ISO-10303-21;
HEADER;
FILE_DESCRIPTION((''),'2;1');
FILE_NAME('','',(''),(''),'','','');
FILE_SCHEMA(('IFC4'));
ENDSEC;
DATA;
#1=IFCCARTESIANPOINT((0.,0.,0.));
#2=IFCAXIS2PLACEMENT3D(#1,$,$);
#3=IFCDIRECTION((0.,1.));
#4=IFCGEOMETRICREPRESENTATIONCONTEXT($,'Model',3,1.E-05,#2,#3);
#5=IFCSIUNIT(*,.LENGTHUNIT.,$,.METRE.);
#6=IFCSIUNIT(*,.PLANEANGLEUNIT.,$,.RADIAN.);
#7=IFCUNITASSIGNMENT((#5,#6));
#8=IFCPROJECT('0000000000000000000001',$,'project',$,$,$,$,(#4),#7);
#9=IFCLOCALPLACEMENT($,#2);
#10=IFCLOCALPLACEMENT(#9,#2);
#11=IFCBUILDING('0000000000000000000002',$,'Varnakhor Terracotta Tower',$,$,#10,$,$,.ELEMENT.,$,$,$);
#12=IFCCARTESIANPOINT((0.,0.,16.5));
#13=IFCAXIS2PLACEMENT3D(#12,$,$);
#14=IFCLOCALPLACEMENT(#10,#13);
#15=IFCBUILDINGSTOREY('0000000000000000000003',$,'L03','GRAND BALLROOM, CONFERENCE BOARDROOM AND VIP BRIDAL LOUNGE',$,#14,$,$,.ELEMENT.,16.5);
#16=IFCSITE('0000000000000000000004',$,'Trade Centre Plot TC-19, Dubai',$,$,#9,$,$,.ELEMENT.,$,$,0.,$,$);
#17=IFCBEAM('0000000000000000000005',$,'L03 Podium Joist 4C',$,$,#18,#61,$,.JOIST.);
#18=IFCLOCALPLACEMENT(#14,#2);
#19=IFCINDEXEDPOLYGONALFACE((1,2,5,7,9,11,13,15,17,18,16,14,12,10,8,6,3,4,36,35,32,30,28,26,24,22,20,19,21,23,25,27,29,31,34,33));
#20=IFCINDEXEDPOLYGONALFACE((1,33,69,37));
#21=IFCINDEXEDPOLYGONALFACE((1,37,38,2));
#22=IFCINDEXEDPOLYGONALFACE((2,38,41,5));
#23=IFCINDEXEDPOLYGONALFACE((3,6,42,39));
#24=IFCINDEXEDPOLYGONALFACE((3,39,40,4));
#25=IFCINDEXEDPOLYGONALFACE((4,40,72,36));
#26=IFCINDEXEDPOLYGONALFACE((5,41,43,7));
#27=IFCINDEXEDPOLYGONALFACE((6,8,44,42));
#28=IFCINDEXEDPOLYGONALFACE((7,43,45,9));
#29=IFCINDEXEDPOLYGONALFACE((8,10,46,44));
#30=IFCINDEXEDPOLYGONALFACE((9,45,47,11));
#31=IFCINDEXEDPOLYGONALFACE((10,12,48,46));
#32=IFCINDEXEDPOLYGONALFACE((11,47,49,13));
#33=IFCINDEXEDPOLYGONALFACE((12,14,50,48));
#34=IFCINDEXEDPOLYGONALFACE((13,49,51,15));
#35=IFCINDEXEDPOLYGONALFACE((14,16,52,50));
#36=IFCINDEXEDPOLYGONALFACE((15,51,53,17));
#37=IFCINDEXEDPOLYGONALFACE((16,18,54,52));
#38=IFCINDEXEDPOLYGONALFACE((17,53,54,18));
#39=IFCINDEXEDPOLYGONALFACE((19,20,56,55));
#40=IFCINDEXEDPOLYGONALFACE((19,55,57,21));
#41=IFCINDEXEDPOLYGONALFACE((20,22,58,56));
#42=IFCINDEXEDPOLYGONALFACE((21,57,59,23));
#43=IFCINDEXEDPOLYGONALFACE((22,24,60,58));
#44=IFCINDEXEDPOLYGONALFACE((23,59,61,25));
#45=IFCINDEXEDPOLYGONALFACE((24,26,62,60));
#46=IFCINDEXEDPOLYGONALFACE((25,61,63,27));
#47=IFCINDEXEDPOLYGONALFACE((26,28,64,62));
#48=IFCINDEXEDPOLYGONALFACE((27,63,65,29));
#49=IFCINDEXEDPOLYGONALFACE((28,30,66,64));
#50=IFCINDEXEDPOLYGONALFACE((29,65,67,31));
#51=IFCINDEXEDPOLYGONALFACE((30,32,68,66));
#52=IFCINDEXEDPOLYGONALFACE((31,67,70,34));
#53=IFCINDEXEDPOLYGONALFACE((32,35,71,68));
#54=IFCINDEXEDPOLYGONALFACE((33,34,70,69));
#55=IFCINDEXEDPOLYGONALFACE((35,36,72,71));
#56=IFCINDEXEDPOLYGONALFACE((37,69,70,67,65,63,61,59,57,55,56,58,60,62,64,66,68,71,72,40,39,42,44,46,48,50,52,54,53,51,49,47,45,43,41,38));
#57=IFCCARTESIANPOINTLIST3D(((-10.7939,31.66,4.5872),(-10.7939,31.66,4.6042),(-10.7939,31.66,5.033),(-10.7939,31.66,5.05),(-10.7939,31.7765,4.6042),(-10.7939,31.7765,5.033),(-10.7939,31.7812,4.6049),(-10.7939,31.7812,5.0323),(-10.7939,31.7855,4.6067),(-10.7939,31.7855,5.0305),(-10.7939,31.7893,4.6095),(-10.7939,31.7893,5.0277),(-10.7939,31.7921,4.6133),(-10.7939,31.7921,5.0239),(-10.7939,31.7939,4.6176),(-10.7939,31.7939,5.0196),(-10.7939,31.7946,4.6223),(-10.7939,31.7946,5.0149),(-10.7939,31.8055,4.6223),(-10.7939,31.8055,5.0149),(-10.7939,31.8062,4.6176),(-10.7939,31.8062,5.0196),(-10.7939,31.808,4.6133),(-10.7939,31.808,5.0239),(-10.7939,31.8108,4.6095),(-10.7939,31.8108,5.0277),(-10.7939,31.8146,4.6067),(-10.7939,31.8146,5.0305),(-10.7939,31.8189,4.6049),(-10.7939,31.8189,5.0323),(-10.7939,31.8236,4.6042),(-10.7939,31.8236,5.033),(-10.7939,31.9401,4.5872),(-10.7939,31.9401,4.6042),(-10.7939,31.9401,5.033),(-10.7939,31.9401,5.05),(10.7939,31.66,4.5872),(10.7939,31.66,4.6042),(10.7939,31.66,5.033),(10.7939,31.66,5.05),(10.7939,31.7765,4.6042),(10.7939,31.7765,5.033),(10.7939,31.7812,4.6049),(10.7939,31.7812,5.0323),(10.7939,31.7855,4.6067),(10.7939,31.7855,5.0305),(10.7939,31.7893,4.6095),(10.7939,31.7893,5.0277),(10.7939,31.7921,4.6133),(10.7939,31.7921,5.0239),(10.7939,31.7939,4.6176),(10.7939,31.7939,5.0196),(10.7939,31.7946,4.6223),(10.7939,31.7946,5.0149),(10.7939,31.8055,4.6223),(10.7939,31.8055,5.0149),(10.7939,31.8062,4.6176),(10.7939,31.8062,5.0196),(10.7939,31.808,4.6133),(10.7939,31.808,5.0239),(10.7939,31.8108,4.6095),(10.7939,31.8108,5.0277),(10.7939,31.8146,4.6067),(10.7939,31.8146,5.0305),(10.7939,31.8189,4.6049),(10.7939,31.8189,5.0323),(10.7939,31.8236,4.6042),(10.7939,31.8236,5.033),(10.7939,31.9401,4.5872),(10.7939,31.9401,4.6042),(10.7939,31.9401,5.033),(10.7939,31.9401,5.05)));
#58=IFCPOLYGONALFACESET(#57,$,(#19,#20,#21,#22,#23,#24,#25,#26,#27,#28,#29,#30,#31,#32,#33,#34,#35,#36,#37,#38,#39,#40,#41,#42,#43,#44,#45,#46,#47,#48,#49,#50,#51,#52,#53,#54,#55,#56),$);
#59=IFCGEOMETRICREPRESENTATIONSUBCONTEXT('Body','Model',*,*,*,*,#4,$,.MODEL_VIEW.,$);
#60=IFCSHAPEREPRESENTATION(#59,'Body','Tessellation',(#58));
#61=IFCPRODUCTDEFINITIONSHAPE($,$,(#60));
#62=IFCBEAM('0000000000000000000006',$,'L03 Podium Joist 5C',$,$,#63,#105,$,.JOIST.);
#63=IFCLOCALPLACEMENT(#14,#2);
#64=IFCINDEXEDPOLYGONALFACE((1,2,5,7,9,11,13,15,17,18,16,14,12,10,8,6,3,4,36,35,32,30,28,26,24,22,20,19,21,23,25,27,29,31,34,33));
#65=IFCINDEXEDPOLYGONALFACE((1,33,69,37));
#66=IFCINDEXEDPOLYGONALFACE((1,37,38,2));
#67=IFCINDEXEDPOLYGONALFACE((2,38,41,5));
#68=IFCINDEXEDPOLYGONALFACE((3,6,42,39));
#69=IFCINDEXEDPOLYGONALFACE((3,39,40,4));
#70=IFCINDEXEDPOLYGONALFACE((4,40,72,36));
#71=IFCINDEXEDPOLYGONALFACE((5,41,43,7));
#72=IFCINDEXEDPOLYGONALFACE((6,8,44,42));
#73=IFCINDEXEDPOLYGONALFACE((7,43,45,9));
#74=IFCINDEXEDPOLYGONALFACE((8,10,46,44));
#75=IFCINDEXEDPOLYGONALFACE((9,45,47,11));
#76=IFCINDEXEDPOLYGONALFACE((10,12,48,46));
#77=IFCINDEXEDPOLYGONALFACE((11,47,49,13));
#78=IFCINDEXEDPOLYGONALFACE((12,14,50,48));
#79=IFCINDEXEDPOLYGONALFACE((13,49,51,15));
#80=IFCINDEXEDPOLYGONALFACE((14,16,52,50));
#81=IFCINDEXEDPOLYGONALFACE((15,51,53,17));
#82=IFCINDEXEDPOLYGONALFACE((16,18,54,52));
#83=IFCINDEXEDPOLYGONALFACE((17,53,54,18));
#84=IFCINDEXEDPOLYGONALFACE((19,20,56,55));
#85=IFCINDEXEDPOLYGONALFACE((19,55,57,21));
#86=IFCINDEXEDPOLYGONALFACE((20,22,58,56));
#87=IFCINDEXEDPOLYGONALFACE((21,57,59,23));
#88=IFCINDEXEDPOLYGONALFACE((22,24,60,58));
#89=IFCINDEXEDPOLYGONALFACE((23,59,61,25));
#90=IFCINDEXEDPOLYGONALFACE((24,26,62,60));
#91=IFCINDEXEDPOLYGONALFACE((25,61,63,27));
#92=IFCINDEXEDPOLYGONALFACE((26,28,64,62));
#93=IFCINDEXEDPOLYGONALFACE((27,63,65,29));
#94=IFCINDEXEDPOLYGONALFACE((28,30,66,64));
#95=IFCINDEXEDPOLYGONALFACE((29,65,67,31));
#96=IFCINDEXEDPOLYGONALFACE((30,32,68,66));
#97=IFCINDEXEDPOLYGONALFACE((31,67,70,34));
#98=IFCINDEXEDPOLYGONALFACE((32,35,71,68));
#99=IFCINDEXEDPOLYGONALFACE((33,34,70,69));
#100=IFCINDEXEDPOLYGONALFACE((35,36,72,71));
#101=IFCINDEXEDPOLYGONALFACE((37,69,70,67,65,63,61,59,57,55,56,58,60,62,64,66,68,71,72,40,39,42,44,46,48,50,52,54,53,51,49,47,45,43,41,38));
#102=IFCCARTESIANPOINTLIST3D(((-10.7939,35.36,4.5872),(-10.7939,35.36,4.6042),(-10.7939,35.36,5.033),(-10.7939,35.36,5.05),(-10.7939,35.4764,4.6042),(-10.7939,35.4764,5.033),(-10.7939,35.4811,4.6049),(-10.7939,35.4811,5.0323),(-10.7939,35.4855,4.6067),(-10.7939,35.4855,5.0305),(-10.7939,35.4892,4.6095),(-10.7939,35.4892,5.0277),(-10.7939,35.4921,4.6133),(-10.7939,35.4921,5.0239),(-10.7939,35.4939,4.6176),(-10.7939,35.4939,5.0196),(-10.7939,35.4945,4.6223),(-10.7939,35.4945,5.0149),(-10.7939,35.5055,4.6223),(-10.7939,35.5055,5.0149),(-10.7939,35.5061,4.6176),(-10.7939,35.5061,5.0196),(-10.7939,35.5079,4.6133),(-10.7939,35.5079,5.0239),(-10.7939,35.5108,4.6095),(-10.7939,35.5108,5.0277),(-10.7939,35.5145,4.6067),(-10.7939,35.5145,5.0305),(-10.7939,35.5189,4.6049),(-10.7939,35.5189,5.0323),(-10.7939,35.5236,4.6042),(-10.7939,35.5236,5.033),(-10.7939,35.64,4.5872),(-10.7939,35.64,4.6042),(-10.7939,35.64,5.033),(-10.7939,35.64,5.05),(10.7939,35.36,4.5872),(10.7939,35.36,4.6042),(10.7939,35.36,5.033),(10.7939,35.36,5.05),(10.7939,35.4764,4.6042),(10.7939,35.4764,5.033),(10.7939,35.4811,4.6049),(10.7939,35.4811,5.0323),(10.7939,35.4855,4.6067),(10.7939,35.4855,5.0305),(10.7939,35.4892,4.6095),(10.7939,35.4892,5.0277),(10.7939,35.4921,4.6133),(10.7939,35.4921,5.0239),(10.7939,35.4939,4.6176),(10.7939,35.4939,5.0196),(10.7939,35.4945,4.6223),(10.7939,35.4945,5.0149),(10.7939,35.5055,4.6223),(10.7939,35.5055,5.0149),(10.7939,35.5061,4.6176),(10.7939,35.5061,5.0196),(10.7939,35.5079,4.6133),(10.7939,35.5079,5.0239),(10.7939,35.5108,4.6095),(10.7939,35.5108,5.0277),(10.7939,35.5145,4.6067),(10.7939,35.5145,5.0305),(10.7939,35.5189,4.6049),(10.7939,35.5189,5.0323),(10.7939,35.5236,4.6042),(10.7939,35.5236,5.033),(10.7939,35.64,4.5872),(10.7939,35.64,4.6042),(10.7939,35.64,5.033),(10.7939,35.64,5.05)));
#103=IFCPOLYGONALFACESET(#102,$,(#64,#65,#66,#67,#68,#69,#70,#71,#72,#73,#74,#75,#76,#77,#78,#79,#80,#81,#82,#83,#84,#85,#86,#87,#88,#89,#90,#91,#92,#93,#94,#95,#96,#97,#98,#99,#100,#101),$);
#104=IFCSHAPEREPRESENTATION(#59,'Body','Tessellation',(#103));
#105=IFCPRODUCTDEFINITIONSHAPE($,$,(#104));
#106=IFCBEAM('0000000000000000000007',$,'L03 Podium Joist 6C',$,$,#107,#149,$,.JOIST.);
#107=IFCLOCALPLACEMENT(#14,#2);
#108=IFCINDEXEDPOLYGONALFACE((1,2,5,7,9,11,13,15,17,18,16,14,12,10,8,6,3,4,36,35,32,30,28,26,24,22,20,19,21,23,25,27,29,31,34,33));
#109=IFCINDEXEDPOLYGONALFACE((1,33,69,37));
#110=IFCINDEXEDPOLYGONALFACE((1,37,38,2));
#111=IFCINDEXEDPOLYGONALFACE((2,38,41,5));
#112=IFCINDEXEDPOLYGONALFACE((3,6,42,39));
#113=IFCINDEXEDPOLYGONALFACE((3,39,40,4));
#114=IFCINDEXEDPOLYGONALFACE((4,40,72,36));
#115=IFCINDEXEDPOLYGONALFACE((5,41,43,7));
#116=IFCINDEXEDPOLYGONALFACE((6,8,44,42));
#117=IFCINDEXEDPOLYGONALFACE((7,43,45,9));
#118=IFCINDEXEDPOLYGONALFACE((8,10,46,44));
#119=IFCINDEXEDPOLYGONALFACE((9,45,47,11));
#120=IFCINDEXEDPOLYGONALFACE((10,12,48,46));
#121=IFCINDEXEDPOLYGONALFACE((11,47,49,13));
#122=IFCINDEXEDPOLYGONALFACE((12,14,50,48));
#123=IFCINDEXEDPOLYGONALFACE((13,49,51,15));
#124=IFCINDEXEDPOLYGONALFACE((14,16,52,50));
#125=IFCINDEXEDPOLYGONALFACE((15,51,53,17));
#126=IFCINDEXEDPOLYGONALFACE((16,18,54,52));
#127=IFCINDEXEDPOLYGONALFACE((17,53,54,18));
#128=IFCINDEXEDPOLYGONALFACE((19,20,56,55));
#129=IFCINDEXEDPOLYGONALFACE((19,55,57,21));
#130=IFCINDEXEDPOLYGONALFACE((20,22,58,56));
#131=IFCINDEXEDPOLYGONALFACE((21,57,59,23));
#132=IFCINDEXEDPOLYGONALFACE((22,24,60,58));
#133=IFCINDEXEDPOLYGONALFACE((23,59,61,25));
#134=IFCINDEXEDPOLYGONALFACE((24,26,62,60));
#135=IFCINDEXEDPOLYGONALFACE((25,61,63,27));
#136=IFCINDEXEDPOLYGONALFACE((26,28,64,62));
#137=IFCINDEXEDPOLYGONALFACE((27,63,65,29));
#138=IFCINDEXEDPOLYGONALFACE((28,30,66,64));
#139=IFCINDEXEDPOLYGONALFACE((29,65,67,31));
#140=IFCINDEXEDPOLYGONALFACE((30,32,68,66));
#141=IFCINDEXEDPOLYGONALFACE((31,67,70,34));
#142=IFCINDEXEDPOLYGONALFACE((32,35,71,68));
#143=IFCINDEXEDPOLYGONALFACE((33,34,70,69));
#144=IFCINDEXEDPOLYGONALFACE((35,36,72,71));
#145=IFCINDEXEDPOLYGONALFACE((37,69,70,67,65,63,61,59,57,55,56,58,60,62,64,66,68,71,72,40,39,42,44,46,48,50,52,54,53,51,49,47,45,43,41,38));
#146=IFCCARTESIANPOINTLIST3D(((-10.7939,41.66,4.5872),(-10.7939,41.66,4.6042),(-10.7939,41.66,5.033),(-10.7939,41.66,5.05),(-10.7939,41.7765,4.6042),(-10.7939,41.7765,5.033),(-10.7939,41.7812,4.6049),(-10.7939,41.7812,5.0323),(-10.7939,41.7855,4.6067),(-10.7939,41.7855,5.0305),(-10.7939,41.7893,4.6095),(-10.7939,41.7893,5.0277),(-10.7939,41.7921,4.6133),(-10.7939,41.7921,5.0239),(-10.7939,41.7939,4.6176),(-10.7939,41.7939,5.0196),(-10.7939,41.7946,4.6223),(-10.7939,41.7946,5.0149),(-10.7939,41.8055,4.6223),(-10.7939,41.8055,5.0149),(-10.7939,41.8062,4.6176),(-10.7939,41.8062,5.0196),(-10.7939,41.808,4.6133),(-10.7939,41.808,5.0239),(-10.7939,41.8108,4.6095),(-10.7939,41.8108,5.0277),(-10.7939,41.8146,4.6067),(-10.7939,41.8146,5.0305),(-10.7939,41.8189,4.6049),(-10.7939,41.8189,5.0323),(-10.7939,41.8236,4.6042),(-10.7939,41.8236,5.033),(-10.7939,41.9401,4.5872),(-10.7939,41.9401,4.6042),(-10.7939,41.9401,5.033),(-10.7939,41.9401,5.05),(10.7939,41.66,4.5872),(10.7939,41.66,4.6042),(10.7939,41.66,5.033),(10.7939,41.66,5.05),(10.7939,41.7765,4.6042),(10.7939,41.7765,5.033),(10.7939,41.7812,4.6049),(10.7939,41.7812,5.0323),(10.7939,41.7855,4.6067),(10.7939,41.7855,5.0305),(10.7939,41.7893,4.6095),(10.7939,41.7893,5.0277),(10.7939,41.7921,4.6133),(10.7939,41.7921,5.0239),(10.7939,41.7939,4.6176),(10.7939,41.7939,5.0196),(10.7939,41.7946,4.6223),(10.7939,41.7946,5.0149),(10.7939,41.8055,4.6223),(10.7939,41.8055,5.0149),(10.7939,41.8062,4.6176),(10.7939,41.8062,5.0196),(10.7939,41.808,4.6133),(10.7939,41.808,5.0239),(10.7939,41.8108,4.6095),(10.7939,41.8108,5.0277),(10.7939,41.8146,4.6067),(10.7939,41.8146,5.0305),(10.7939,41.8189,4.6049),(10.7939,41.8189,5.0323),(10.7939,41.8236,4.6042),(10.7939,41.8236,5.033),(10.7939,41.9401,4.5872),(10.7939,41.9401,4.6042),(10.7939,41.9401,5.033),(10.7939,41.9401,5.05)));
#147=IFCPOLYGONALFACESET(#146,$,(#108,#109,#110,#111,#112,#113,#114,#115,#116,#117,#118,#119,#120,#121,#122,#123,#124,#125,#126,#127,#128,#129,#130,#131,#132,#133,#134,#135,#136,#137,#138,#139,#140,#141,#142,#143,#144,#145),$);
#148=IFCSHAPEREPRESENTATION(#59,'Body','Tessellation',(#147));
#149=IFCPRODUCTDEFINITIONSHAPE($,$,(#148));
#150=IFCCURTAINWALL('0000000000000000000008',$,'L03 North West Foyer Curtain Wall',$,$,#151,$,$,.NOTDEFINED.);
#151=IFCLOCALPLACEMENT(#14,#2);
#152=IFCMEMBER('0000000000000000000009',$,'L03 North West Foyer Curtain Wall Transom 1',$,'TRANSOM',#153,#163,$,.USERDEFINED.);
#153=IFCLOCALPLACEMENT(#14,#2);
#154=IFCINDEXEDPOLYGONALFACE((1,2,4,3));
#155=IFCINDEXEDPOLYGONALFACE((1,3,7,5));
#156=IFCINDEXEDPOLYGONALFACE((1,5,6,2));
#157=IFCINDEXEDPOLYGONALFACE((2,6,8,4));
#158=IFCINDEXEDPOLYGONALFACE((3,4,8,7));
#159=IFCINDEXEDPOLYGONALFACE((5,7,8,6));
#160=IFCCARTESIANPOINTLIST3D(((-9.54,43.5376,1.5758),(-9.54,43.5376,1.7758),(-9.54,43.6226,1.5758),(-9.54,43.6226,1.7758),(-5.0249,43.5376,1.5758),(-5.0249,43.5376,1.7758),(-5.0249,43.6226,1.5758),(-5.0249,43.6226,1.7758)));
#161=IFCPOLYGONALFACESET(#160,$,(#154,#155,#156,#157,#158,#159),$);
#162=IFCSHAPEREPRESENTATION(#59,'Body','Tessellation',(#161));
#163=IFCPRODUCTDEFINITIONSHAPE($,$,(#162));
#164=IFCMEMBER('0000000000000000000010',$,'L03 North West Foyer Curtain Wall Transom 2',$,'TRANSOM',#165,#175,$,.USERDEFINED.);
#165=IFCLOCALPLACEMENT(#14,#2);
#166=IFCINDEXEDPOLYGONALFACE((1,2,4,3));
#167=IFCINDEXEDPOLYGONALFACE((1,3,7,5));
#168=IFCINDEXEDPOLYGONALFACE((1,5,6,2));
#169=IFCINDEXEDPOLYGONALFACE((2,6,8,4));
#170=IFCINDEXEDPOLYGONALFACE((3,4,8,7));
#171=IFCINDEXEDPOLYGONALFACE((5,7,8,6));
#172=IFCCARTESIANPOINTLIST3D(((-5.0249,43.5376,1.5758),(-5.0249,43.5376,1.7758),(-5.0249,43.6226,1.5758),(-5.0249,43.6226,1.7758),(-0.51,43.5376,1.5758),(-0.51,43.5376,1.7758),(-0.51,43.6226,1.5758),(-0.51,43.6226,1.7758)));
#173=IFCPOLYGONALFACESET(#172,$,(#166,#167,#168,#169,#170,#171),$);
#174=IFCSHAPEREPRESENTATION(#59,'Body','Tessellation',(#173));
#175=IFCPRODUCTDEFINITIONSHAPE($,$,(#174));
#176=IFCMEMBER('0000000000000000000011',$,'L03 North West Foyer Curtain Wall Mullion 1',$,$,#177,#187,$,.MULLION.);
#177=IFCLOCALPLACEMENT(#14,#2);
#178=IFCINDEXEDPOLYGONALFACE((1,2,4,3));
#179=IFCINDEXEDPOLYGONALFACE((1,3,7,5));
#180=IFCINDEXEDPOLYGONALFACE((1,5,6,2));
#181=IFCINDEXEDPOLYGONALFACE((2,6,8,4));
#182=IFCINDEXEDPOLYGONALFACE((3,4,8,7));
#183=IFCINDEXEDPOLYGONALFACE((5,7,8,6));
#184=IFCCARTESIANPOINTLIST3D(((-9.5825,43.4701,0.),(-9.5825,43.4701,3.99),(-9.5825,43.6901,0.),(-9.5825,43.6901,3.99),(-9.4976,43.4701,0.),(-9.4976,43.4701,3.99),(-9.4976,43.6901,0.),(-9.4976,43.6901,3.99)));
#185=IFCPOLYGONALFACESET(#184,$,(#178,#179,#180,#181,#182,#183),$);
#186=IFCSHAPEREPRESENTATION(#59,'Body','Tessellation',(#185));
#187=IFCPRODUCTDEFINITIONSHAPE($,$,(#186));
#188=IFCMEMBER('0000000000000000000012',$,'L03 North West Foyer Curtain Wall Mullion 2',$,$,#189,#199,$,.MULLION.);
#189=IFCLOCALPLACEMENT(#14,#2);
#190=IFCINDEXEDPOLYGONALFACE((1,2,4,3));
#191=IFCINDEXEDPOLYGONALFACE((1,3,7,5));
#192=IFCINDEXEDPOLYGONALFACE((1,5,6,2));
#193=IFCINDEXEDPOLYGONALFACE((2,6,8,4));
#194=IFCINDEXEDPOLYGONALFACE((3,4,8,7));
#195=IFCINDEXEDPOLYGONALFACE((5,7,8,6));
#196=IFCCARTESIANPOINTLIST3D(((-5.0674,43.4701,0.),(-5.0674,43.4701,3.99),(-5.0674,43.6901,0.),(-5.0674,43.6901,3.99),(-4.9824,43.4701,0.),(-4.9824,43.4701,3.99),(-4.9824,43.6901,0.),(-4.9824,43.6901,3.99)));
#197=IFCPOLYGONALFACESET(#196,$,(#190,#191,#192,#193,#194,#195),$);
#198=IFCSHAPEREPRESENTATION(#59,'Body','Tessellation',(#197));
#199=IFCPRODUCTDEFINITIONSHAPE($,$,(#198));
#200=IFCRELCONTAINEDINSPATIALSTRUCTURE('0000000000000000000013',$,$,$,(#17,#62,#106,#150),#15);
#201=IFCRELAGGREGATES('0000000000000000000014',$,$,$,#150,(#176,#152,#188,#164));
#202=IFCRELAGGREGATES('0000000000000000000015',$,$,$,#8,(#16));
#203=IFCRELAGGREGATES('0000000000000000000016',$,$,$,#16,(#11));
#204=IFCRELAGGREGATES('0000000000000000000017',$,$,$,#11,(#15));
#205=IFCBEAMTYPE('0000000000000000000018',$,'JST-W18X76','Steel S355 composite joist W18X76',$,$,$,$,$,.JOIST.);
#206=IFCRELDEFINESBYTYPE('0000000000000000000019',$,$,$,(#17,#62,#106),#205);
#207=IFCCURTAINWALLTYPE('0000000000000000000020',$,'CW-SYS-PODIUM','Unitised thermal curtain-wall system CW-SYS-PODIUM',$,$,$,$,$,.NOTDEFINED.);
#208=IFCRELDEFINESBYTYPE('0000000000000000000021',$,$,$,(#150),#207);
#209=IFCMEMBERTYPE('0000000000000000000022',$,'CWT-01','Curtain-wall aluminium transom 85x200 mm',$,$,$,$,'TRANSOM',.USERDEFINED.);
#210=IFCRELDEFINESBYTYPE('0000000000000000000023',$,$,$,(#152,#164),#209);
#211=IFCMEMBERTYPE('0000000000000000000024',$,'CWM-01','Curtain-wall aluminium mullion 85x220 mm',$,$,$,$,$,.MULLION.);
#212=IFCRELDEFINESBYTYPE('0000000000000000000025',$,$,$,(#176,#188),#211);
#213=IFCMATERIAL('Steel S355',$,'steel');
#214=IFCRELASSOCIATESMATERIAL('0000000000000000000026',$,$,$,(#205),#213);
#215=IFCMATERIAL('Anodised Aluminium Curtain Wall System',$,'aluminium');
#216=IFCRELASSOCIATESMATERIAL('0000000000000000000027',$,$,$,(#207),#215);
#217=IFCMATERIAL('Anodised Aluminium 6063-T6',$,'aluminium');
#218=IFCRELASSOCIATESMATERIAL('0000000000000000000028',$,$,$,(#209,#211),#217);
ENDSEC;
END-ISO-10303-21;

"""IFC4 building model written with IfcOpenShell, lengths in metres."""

from ifc_helpers import new_model, si_unit, direction, frame, origin, origin_2d, place, context, subcontext, project, spatial, rectangle, i_section, extrude, source, transform, mapped, material, material_profile, profile_set, type_object, type_shapes, element, aggregate, save


model = new_model("IFC4")

# Units and contexts
model_context = context("Model", 3, precision=1e-05, world=origin(), true_north=direction((0.0, 1.0)))
body_context = subcontext(model_context, "Body", "Model", "MODEL_VIEW")
ifc_project = project(units=[si_unit("LENGTHUNIT", "METRE"), si_unit("PLANEANGLEUNIT", "RADIAN")], contexts=[model_context])

# Site, building, storey
site_placement = place(None, origin())
site = spatial("IfcSite", under=ifc_project, at=site_placement, Name="Trade Centre Plot TC-19, Dubai", CompositionType="ELEMENT", RefElevation=0.0)
building_placement = place(site_placement, origin())
building = spatial("IfcBuilding", under=site, at=building_placement, Name="Varnakhor Terracotta Tower", CompositionType="ELEMENT")
storey_placement = place(building_placement, frame((0.0, 0.0, 16.5)))
storey = spatial("IfcBuildingStorey", under=building, at=storey_placement, Name="L03", Description="GRAND BALLROOM, CONFERENCE BOARDROOM AND VIP BRIDAL LOUNGE", CompositionType="ELEMENT", Elevation=16.5)

# Beams
ifc_material_1 = material(Name="Steel S355", Category="steel")
ifc_material_profile_1 = material_profile(ifc_material_1, i_section(OverallWidth=0.28, OverallDepth=0.4629, WebThickness=0.011, FlangeThickness=0.0171, FilletRadius=0.0181, at=origin_2d()), Name="W18X76")
ifc_profile_set_1 = profile_set([ifc_material_profile_1], Name="Steel S355")
beam_type_1 = type_object("IfcBeamType", Name="JST-W18X76", Description="Steel S355 composite joist W18X76", PredefinedType="JOIST", material=ifc_profile_set_1)
shared_shape_1 = source(origin(), body_context, "Body", "SweptSolid", [
    extrude(i_section(OverallWidth=0.28, OverallDepth=0.4629, WebThickness=0.011, FlangeThickness=0.0171, FilletRadius=0.0181, at=origin_2d()), origin(), (0.0, 0.0, 1.0), 21.5879),
])
for number, where, z_axis, x_axis, name in (
    (1, (-10.7939, 31.8, 4.8186), (1.0, 0.0, 0.0), (0.0, 1.0, 0.0), "L03 Podium Joist 4C"),
    (2, (-10.7939, 35.5, 4.8186), (1.0, 0.0, 0.0), (0.0, 1.0, 0.0), "L03 Podium Joist 5C"),
    (3, (-10.7939, 41.8, 4.8186), (1.0, 0.0, 0.0), (0.0, 1.0, 0.0), "L03 Podium Joist 6C"),
):
    element("IfcBeam", number, at=place(storey_placement, frame(where, z_axis=z_axis, x_axis=x_axis)), inside=storey, type_object=beam_type_1, Name=name, PredefinedType="JOIST", context=body_context, shape_type="MappedRepresentation", body=[
        mapped(shared_shape_1, transform((0.0, 0.0, 0.0), scale=1.0)),
    ])

# Curtain wall, members
ifc_material_2 = material(Name="Anodised Aluminium Curtain Wall System", Category="aluminium")
curtain_wall_type = type_object("IfcCurtainWallType", Name="CW-SYS-PODIUM", Description="Unitised thermal curtain-wall system CW-SYS-PODIUM", PredefinedType="NOTDEFINED", material=ifc_material_2)
curtain_wall_placement = place(storey_placement, origin())
curtain_wall = element("IfcCurtainWall", 4, at=curtain_wall_placement, inside=storey, type_object=curtain_wall_type, Name="L03 North West Foyer Curtain Wall", PredefinedType="NOTDEFINED")
ifc_material_3 = material(Name="Anodised Aluminium 6063-T6", Category="aluminium")
ifc_material_profile_2 = material_profile(ifc_material_3, rectangle(XDim=0.085, YDim=0.2, at=origin_2d()), Name="ALU TRANSOM 85x200")
ifc_profile_set_2 = profile_set([ifc_material_profile_2], Name="Anodised Aluminium 6063-T6")
member_type_1 = type_object("IfcMemberType", Name="CWT-01", Description="Curtain-wall aluminium transom 85x200 mm", ElementType="TRANSOM", PredefinedType="USERDEFINED", material=ifc_profile_set_2)
shared_shape_2 = source(origin(), body_context, "Body", "SweptSolid", [
    extrude(rectangle(XDim=0.085, YDim=0.2, at=origin_2d()), origin(), (0.0, 0.0, 1.0), 4.5151),
])
type_shapes(member_type_1, [shared_shape_2])
member_1_placement = place(storey_placement, frame((-9.54, 43.5801, 1.6758), z_axis=(1.0, 0.0, 0.0), x_axis=(0.0, 1.0, 0.0)))
member_1 = element("IfcMember", 5, at=member_1_placement, type_object=member_type_1, Name="L03 North West Foyer Curtain Wall Transom 1", ObjectType="TRANSOM", PredefinedType="USERDEFINED", context=body_context, shape_type="MappedRepresentation", body=[
    mapped(shared_shape_2, transform((0.0, 0.0, 0.0), scale=1.0)),
])
shared_shape_3 = source(origin(), body_context, "Body", "SweptSolid", [
    extrude(rectangle(XDim=0.085, YDim=0.2, at=origin_2d()), origin(), (0.0, 0.0, 1.0), 4.5149),
])
member_2_placement = place(storey_placement, frame((-5.0249, 43.5801, 1.6758), z_axis=(1.0, 0.0, 0.0), x_axis=(0.0, 1.0, 0.0)))
member_2 = element("IfcMember", 6, at=member_2_placement, type_object=member_type_1, Name="L03 North West Foyer Curtain Wall Transom 2", ObjectType="TRANSOM", PredefinedType="USERDEFINED", context=body_context, shape_type="MappedRepresentation", body=[
    mapped(shared_shape_3, transform((0.0, 0.0, 0.0), scale=1.0)),
])
ifc_material_profile_3 = material_profile(ifc_material_3, rectangle(XDim=0.085, YDim=0.22, at=origin_2d()), Name="ALU MULLION 85x220")
ifc_profile_set_3 = profile_set([ifc_material_profile_3], Name="Anodised Aluminium 6063-T6")
member_type_2 = type_object("IfcMemberType", Name="CWM-01", Description="Curtain-wall aluminium mullion 85x220 mm", PredefinedType="MULLION", material=ifc_profile_set_3)
shared_shape_4 = source(origin(), body_context, "Body", "SweptSolid", [
    extrude(rectangle(XDim=0.085, YDim=0.22, at=origin_2d()), origin(), (0.0, 0.0, 1.0), 3.99),
])
member_3_placement = place(storey_placement, frame((-9.54, 43.5801, 0.0), z_axis=(0.0, 0.0, 1.0), x_axis=(1.0, 0.0, 0.0)))
member_3 = element("IfcMember", 7, at=member_3_placement, type_object=member_type_2, Name="L03 North West Foyer Curtain Wall Mullion 1", PredefinedType="MULLION", context=body_context, shape_type="MappedRepresentation", body=[
    mapped(shared_shape_4, transform((0.0, 0.0, 0.0), scale=1.0)),
])
member_4_placement = place(storey_placement, frame((-5.0249, 43.5801, 0.0), z_axis=(0.0, 0.0, 1.0), x_axis=(1.0, 0.0, 0.0)))
member_4 = element("IfcMember", 8, at=member_4_placement, type_object=member_type_2, Name="L03 North West Foyer Curtain Wall Mullion 2", PredefinedType="MULLION", context=body_context, shape_type="MappedRepresentation", body=[
    mapped(shared_shape_4, transform((0.0, 0.0, 0.0), scale=1.0)),
])
aggregate(curtain_wall, [member_3, member_1, member_4, member_2])

save(model, "model.ifc")
